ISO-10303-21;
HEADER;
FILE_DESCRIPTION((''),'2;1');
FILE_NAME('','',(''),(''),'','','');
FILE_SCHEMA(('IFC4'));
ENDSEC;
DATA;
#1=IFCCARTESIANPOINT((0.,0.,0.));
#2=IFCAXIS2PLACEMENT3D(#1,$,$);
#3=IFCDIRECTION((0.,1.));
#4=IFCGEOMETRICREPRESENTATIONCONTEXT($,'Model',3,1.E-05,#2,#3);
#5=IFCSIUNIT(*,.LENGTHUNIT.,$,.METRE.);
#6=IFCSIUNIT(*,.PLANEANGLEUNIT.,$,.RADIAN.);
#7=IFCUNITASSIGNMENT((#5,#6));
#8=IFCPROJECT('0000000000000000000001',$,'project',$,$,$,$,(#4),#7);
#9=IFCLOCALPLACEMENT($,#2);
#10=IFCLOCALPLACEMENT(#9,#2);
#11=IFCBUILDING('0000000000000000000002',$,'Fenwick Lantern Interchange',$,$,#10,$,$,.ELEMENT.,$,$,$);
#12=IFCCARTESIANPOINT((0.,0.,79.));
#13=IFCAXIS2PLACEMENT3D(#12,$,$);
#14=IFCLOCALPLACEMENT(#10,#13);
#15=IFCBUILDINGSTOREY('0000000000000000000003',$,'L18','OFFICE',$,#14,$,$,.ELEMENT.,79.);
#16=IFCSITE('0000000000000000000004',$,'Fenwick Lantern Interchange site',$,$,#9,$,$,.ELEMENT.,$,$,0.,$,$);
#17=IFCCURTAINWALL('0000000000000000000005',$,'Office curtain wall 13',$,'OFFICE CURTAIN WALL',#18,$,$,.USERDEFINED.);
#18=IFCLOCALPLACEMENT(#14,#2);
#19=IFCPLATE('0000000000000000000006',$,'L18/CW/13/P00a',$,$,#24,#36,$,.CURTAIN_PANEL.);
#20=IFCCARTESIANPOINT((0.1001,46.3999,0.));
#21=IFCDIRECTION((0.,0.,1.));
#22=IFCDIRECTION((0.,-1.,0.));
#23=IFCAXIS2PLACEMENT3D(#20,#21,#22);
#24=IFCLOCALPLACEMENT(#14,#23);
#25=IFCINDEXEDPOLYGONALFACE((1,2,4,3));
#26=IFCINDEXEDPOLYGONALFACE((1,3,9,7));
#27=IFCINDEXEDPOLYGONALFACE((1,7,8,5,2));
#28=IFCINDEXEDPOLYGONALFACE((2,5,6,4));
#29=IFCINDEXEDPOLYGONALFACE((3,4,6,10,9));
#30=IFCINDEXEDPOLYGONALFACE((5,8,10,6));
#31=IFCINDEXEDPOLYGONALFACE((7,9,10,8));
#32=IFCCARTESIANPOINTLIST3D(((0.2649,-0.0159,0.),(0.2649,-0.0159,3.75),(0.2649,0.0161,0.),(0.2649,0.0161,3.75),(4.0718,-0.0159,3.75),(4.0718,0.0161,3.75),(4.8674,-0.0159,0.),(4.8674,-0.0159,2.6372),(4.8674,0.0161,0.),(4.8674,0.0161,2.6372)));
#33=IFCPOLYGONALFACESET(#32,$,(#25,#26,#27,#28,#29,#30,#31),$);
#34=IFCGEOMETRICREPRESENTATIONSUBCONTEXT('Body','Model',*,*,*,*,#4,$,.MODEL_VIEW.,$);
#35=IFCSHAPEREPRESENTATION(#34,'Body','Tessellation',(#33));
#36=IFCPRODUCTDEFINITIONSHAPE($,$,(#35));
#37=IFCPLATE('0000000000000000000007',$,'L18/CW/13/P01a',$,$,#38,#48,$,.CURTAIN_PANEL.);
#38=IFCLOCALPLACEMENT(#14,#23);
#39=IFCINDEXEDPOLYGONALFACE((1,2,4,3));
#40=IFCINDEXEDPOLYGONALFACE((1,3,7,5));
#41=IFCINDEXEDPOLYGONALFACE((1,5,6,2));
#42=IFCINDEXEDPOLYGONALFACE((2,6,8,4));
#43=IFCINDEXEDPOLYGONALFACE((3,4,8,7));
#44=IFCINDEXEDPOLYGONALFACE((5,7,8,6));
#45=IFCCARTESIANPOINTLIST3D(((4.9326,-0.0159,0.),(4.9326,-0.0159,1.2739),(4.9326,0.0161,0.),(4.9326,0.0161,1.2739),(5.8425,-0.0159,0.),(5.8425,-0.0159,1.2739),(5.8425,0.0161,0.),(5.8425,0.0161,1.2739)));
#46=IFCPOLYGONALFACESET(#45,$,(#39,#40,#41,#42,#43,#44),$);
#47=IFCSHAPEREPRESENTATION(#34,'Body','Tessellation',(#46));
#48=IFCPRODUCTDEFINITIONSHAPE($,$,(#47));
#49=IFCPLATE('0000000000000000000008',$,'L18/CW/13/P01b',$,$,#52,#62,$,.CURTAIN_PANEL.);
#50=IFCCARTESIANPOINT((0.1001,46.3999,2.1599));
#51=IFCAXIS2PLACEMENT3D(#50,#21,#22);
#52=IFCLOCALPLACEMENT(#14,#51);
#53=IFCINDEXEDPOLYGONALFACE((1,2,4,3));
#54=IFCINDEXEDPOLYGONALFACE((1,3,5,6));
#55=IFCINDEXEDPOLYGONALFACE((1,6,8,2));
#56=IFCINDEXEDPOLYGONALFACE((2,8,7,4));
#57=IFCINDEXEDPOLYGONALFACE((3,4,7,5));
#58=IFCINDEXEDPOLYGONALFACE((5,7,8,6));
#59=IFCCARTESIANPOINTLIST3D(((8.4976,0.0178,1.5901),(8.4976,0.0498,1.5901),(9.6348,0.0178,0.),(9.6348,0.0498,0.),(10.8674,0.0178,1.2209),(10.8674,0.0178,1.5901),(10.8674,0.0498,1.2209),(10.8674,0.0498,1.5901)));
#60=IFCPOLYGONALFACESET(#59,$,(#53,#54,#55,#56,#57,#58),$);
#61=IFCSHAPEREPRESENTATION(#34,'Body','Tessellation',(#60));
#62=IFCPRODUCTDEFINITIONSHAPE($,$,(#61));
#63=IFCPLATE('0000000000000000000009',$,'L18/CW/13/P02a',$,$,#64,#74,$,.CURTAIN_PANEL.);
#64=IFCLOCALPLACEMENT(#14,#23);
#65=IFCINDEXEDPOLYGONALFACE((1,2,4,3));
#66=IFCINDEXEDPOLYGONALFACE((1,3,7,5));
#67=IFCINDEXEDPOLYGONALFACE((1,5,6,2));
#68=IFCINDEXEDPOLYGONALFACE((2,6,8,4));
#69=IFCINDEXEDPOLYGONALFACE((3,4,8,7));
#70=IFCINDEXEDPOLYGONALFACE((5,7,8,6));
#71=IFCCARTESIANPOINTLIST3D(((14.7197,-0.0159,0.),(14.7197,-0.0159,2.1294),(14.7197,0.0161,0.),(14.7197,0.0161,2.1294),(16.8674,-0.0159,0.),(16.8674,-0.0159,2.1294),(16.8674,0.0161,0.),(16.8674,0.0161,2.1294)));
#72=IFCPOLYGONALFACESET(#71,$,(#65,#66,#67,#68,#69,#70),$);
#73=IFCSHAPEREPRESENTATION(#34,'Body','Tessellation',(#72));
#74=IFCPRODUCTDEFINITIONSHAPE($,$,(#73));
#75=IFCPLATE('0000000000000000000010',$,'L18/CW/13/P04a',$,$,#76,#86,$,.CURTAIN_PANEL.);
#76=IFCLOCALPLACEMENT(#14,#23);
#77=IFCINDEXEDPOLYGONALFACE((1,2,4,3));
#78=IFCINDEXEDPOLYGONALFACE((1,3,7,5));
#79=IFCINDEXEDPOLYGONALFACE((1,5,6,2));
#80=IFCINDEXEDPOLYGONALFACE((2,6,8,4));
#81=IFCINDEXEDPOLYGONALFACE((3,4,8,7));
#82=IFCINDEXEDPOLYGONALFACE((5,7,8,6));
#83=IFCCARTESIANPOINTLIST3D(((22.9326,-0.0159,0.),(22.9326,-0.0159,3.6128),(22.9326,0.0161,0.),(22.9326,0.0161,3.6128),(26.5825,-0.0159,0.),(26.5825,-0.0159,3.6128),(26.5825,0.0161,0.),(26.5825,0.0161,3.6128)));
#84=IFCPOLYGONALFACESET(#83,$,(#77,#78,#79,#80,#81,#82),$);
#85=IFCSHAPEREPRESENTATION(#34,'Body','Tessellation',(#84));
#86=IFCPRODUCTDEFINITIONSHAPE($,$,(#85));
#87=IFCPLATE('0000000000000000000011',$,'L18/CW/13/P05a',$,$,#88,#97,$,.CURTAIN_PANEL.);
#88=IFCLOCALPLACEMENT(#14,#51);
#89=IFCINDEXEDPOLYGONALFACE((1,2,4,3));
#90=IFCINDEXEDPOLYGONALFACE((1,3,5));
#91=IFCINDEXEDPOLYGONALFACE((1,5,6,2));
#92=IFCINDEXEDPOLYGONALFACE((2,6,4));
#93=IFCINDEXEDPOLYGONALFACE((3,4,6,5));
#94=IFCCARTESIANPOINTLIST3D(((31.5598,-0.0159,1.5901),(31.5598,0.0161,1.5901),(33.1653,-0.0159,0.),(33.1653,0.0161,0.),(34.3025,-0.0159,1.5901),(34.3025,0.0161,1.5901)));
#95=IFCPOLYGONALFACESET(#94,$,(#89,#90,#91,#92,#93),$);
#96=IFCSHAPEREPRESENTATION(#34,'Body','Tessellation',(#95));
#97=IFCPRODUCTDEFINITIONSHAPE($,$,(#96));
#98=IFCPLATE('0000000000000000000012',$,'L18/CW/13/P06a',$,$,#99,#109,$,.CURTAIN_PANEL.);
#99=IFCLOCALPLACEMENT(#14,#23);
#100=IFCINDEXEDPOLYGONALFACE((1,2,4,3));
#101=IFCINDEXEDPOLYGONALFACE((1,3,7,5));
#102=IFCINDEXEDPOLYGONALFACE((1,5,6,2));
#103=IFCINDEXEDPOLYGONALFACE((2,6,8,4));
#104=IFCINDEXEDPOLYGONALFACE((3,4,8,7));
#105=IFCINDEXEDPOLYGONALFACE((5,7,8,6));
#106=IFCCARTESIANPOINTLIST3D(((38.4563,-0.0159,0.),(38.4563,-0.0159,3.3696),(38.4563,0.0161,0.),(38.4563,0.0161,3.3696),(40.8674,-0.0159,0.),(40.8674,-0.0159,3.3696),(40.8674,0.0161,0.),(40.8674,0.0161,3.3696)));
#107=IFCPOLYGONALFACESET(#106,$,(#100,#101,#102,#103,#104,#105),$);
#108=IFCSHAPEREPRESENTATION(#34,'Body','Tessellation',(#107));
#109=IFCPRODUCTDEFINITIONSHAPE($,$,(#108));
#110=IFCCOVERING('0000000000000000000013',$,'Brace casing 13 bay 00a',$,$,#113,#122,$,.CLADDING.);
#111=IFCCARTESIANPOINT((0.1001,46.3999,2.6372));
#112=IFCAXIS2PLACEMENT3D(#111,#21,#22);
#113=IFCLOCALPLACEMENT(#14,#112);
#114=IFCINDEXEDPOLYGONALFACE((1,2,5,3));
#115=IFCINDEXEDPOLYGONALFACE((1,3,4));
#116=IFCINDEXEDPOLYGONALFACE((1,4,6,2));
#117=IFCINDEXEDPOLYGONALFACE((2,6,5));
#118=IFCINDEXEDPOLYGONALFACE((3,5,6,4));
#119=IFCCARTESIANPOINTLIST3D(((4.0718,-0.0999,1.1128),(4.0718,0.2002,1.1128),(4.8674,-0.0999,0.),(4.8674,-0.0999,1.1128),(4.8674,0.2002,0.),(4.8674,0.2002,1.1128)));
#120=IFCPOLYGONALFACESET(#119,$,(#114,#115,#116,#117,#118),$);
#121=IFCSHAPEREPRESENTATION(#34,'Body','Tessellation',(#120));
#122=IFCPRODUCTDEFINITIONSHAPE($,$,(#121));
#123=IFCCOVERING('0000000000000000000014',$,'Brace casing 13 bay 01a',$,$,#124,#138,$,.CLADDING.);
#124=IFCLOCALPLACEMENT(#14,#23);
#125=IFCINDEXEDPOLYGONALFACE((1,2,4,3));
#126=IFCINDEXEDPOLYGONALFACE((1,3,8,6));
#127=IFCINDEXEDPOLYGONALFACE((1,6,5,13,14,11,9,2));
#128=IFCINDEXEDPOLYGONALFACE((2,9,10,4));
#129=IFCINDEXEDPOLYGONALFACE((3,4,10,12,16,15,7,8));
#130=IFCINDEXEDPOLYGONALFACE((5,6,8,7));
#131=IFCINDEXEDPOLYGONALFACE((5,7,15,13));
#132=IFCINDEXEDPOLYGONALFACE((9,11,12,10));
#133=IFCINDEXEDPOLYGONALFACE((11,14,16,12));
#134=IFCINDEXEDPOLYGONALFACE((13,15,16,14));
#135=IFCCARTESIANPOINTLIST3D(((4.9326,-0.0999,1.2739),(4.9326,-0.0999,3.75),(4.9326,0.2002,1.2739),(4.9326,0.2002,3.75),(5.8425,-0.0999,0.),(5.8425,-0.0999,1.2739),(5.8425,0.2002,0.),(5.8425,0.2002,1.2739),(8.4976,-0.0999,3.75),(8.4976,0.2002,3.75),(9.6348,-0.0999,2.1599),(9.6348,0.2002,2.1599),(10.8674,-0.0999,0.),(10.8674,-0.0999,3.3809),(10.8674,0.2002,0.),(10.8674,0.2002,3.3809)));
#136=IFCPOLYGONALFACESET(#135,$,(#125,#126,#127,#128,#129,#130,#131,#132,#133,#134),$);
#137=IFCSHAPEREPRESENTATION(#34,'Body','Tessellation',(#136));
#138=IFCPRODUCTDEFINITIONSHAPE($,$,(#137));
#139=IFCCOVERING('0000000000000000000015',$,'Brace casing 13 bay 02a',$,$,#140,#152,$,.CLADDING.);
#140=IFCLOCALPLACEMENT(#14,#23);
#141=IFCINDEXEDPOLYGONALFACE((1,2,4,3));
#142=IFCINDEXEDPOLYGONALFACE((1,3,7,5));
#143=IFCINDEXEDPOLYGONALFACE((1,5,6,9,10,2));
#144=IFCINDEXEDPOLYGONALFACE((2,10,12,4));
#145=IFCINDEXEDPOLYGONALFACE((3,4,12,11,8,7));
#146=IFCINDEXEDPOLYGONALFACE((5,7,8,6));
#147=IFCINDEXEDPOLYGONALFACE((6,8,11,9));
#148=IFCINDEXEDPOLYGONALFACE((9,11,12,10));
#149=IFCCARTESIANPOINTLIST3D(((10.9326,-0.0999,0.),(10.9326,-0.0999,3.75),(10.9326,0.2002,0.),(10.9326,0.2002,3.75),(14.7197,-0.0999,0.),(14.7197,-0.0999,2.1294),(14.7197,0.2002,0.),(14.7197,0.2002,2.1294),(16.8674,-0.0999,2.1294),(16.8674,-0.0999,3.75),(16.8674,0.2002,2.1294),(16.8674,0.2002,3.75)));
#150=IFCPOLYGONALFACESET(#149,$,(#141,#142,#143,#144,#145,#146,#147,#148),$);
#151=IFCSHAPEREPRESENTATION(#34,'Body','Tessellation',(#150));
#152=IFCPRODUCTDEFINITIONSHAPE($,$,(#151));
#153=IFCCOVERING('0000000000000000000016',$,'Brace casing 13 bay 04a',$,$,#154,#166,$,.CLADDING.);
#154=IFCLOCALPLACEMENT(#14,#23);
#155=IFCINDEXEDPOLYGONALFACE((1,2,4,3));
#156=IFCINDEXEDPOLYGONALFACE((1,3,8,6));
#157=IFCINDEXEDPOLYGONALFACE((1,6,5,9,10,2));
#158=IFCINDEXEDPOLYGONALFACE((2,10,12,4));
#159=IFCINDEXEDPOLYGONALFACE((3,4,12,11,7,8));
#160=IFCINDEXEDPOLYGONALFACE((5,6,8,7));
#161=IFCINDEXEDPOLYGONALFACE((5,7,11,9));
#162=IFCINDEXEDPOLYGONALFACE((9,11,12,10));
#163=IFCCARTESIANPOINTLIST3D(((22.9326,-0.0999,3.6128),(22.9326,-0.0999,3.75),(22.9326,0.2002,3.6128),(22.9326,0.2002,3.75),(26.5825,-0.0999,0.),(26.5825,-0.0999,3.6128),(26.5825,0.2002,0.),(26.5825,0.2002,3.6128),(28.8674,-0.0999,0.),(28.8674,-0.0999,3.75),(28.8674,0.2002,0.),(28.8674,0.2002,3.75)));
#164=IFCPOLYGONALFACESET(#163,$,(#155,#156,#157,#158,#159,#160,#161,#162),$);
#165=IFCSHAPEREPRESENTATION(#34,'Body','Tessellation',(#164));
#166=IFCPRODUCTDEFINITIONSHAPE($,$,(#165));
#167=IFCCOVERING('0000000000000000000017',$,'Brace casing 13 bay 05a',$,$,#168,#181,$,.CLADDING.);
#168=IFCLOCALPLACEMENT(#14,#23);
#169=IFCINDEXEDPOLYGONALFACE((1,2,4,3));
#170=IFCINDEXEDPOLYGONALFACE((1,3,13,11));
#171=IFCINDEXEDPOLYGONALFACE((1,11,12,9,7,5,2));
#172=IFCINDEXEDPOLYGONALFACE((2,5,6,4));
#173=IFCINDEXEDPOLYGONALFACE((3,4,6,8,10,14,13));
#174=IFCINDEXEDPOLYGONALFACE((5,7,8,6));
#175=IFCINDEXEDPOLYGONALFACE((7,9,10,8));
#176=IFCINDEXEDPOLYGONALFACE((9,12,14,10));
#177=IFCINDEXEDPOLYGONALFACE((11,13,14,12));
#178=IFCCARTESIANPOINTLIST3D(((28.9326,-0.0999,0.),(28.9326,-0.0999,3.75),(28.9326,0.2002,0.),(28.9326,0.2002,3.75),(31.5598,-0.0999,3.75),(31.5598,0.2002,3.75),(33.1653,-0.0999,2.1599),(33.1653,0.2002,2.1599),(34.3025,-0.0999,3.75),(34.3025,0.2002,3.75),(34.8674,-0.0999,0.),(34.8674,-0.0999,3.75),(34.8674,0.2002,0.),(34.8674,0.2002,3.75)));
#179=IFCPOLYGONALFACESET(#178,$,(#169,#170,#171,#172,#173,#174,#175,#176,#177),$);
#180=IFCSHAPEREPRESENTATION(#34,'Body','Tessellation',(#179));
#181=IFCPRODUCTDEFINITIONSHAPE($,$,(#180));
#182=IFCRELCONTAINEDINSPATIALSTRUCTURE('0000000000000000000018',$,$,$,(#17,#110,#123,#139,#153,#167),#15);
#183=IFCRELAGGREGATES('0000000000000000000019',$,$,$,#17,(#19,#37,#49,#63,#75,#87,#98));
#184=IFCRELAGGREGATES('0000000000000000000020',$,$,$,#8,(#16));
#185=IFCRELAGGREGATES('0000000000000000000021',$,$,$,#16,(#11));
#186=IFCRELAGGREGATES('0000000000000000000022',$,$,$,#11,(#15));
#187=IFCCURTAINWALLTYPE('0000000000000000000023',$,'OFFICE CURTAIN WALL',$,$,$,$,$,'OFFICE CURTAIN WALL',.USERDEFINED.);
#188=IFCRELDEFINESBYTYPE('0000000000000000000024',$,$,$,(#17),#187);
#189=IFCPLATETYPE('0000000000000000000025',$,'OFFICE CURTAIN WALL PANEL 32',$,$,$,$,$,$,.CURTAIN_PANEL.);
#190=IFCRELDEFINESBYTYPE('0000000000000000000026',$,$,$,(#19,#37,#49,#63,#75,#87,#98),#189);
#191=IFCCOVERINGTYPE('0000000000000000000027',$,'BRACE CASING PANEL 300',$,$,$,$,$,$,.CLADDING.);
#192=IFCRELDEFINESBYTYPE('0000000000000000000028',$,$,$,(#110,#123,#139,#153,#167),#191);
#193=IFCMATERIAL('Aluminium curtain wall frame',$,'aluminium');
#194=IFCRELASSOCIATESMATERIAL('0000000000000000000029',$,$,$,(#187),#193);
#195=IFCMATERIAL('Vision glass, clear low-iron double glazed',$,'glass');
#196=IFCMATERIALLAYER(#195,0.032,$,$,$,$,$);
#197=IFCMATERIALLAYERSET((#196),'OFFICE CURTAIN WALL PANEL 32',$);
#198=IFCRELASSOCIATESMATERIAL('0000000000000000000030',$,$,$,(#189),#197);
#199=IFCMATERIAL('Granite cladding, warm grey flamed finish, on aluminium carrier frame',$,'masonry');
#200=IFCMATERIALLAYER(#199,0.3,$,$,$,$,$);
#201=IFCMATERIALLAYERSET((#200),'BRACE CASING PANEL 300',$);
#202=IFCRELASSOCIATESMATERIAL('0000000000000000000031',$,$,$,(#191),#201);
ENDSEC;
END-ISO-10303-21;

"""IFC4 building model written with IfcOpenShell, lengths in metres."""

from ifc_helpers import new_model, si_unit, direction, frame, origin, place, context, subcontext, project, spatial, polyline, outline, extrude, material, layer, layer_set, type_object, element, aggregate, save


model = new_model("IFC4")

# Units and contexts
model_context = context("Model", 3, precision=1e-05, world=origin(), true_north=direction((0.0, 1.0)))
body_context = subcontext(model_context, "Body", "Model", "MODEL_VIEW")
ifc_project = project(units=[si_unit("LENGTHUNIT", "METRE"), si_unit("PLANEANGLEUNIT", "RADIAN")], contexts=[model_context])

# Site, building, storey
site_placement = place(None, origin())
site = spatial("IfcSite", under=ifc_project, at=site_placement, Name="Fenwick Lantern Interchange site", CompositionType="ELEMENT", RefElevation=0.0)
building_placement = place(site_placement, origin())
building = spatial("IfcBuilding", under=site, at=building_placement, Name="Fenwick Lantern Interchange", CompositionType="ELEMENT")
storey_placement = place(building_placement, frame((0.0, 0.0, 79.0)))
storey = spatial("IfcBuildingStorey", under=building, at=storey_placement, Name="L18", Description="OFFICE", CompositionType="ELEMENT", Elevation=79.0)

# Shared definitions
ifc_material_1 = material(Name="Aluminium curtain wall frame", Category="aluminium")
curtain_wall_type = type_object("IfcCurtainWallType", Name="OFFICE CURTAIN WALL", ElementType="OFFICE CURTAIN WALL", PredefinedType="USERDEFINED", material=ifc_material_1)

# Curtain wall
curtain_wall_1_placement = place(storey_placement, origin())
curtain_wall_1 = element("IfcCurtainWall", 1, at=curtain_wall_1_placement, inside=storey, type_object=curtain_wall_type, Name="Office curtain wall 13", ObjectType="OFFICE CURTAIN WALL", PredefinedType="USERDEFINED")

# Plates
ifc_material_2 = material(Name="Vision glass, clear low-iron double glazed", Category="glass")
ifc_layer_1 = layer(ifc_material_2, 0.032)
ifc_layer_set_1 = layer_set([ifc_layer_1], Name="OFFICE CURTAIN WALL PANEL 32")
plate_type = type_object("IfcPlateType", Name="OFFICE CURTAIN WALL PANEL 32", PredefinedType="CURTAIN_PANEL", material=ifc_layer_set_1)
plate_1_placement = place(storey_placement, frame((0.1001, 46.3999, 0.0), z_axis=(0.0, 0.0, 1.0), x_axis=(0.0, -1.0, 0.0)))
plate_1 = element("IfcPlate", 2, at=plate_1_placement, type_object=plate_type, Name="L18/CW/13/P00a", PredefinedType="CURTAIN_PANEL", context=body_context, shape_type="SweptSolid", body=[
    extrude(outline(polyline([(0.2649, 0.0), (4.8674, 0.0), (4.8674, 2.6372), (4.0718, 3.75), (0.2649, 3.75), (0.2649, 0.0)])), frame((0.0, 0.0161, 0.0), z_axis=(0.0, -1.0, 0.0), x_axis=(1.0, 0.0, 0.0)), (0.0, 0.0, 1.0), 0.032),
])
plate_2_placement = place(storey_placement, frame((0.1001, 46.3999, 0.0), z_axis=(0.0, 0.0, 1.0), x_axis=(0.0, -1.0, 0.0)))
plate_2 = element("IfcPlate", 3, at=plate_2_placement, type_object=plate_type, Name="L18/CW/13/P01a", PredefinedType="CURTAIN_PANEL", context=body_context, shape_type="SweptSolid", body=[
    extrude(outline(polyline([(4.9326, 0.0), (5.8425, 0.0), (5.8425, 1.2739), (4.9326, 1.2739), (4.9326, 0.0)])), frame((0.0, 0.0161, 0.0), z_axis=(0.0, -1.0, 0.0), x_axis=(1.0, 0.0, 0.0)), (0.0, 0.0, 1.0), 0.032),
])
plate_3_placement = place(storey_placement, frame((0.1001, 46.3999, 2.1599), z_axis=(0.0, 0.0, 1.0), x_axis=(0.0, -1.0, 0.0)))
plate_3 = element("IfcPlate", 4, at=plate_3_placement, type_object=plate_type, Name="L18/CW/13/P01b", PredefinedType="CURTAIN_PANEL", context=body_context, shape_type="SweptSolid", body=[
    extrude(outline(polyline([(9.6348, 0.0), (10.8674, 1.2209), (10.8674, 1.5901), (8.4976, 1.5901), (9.6348, 0.0)])), frame((0.0, 0.0498, 0.0), z_axis=(0.0, -1.0, 0.0), x_axis=(1.0, 0.0, 0.0)), (0.0, 0.0, 1.0), 0.032),
])
plate_4_placement = place(storey_placement, frame((0.1001, 46.3999, 0.0), z_axis=(0.0, 0.0, 1.0), x_axis=(0.0, -1.0, 0.0)))
plate_4 = element("IfcPlate", 5, at=plate_4_placement, type_object=plate_type, Name="L18/CW/13/P02a", PredefinedType="CURTAIN_PANEL", context=body_context, shape_type="SweptSolid", body=[
    extrude(outline(polyline([(14.7197, 0.0), (16.8674, 0.0), (16.8674, 2.1294), (14.7197, 2.1294), (14.7197, 0.0)])), frame((0.0, 0.0161, 0.0), z_axis=(0.0, -1.0, 0.0), x_axis=(1.0, 0.0, 0.0)), (0.0, 0.0, 1.0), 0.032),
])
plate_5_placement = place(storey_placement, frame((0.1001, 46.3999, 0.0), z_axis=(0.0, 0.0, 1.0), x_axis=(0.0, -1.0, 0.0)))
plate_5 = element("IfcPlate", 6, at=plate_5_placement, type_object=plate_type, Name="L18/CW/13/P04a", PredefinedType="CURTAIN_PANEL", context=body_context, shape_type="SweptSolid", body=[
    extrude(outline(polyline([(22.9326, 0.0), (26.5825, 0.0), (26.5825, 3.6128), (22.9326, 3.6128), (22.9326, 0.0)])), frame((0.0, 0.0161, 0.0), z_axis=(0.0, -1.0, 0.0), x_axis=(1.0, 0.0, 0.0)), (0.0, 0.0, 1.0), 0.032),
])
plate_6_placement = place(storey_placement, frame((0.1001, 46.3999, 2.1599), z_axis=(0.0, 0.0, 1.0), x_axis=(0.0, -1.0, 0.0)))
plate_6 = element("IfcPlate", 7, at=plate_6_placement, type_object=plate_type, Name="L18/CW/13/P05a", PredefinedType="CURTAIN_PANEL", context=body_context, shape_type="SweptSolid", body=[
    extrude(outline(polyline([(33.1653, 0.0), (34.3025, 1.5901), (31.5598, 1.5901), (33.1653, 0.0)])), frame((0.0, 0.0161, 0.0), z_axis=(0.0, -1.0, 0.0), x_axis=(1.0, 0.0, 0.0)), (0.0, 0.0, 1.0), 0.032),
])
plate_7_placement = place(storey_placement, frame((0.1001, 46.3999, 0.0), z_axis=(0.0, 0.0, 1.0), x_axis=(0.0, -1.0, 0.0)))
plate_7 = element("IfcPlate", 8, at=plate_7_placement, type_object=plate_type, Name="L18/CW/13/P06a", PredefinedType="CURTAIN_PANEL", context=body_context, shape_type="SweptSolid", body=[
    extrude(outline(polyline([(38.4563, 0.0), (40.8674, 0.0), (40.8674, 3.3696), (38.4563, 3.3696), (38.4563, 0.0)])), frame((0.0, 0.0161, 0.0), z_axis=(0.0, -1.0, 0.0), x_axis=(1.0, 0.0, 0.0)), (0.0, 0.0, 1.0), 0.032),
])
aggregate(curtain_wall_1, [plate_1, plate_2, plate_3, plate_4, plate_5, plate_6, plate_7])

# Coverings
ifc_material_3 = material(Name="Granite cladding, warm grey flamed finish, on aluminium carrier frame", Category="masonry")
ifc_layer_2 = layer(ifc_material_3, 0.3)
ifc_layer_set_2 = layer_set([ifc_layer_2], Name="BRACE CASING PANEL 300")
covering_type = type_object("IfcCoveringType", Name="BRACE CASING PANEL 300", PredefinedType="CLADDING", material=ifc_layer_set_2)
covering_1_placement = place(storey_placement, frame((0.1001, 46.3999, 2.6372), z_axis=(0.0, 0.0, 1.0), x_axis=(0.0, -1.0, 0.0)))
element("IfcCovering", 9, at=covering_1_placement, inside=storey, type_object=covering_type, Name="Brace casing 13 bay 00a", PredefinedType="CLADDING", context=body_context, shape_type="SweptSolid", body=[
    extrude(outline(polyline([(4.8674, 0.0), (4.8674, 1.1128), (4.0718, 1.1128), (4.8674, 0.0)])), frame((0.0, 0.2002, 0.0), z_axis=(0.0, -1.0, 0.0), x_axis=(1.0, 0.0, 0.0)), (0.0, 0.0, 1.0), 0.3),
])
covering_2_placement = place(storey_placement, frame((0.1001, 46.3999, 0.0), z_axis=(0.0, 0.0, 1.0), x_axis=(0.0, -1.0, 0.0)))
element("IfcCovering", 10, at=covering_2_placement, inside=storey, type_object=covering_type, Name="Brace casing 13 bay 01a", PredefinedType="CLADDING", context=body_context, shape_type="SweptSolid", body=[
    extrude(outline(polyline([(5.8425, 0.0), (10.8674, 0.0), (10.8674, 3.3809), (9.6348, 2.1599), (8.4976, 3.75), (4.9326, 3.75), (4.9326, 1.2739), (5.8425, 1.2739), (5.8425, 0.0)])), frame((0.0, 0.2002, 0.0), z_axis=(0.0, -1.0, 0.0), x_axis=(1.0, 0.0, 0.0)), (0.0, 0.0, 1.0), 0.3),
])
covering_3_placement = place(storey_placement, frame((0.1001, 46.3999, 0.0), z_axis=(0.0, 0.0, 1.0), x_axis=(0.0, -1.0, 0.0)))
element("IfcCovering", 11, at=covering_3_placement, inside=storey, type_object=covering_type, Name="Brace casing 13 bay 02a", PredefinedType="CLADDING", context=body_context, shape_type="SweptSolid", body=[
    extrude(outline(polyline([(10.9326, 0.0), (14.7197, 0.0), (14.7197, 2.1294), (16.8674, 2.1294), (16.8674, 3.75), (10.9326, 3.75), (10.9326, 0.0)])), frame((0.0, 0.2002, 0.0), z_axis=(0.0, -1.0, 0.0), x_axis=(1.0, 0.0, 0.0)), (0.0, 0.0, 1.0), 0.3),
])
covering_4_placement = place(storey_placement, frame((0.1001, 46.3999, 0.0), z_axis=(0.0, 0.0, 1.0), x_axis=(0.0, -1.0, 0.0)))
element("IfcCovering", 12, at=covering_4_placement, inside=storey, type_object=covering_type, Name="Brace casing 13 bay 04a", PredefinedType="CLADDING", context=body_context, shape_type="SweptSolid", body=[
    extrude(outline(polyline([(26.5825, 0.0), (28.8674, 0.0), (28.8674, 3.75), (22.9326, 3.75), (22.9326, 3.6128), (26.5825, 3.6128), (26.5825, 0.0)])), frame((0.0, 0.2002, 0.0), z_axis=(0.0, -1.0, 0.0), x_axis=(1.0, 0.0, 0.0)), (0.0, 0.0, 1.0), 0.3),
])
covering_5_placement = place(storey_placement, frame((0.1001, 46.3999, 0.0), z_axis=(0.0, 0.0, 1.0), x_axis=(0.0, -1.0, 0.0)))
element("IfcCovering", 13, at=covering_5_placement, inside=storey, type_object=covering_type, Name="Brace casing 13 bay 05a", PredefinedType="CLADDING", context=body_context, shape_type="SweptSolid", body=[
    extrude(outline(polyline([(28.9326, 0.0), (34.8674, 0.0), (34.8674, 3.75), (34.3025, 3.75), (33.1653, 2.1599), (31.5598, 3.75), (28.9326, 3.75), (28.9326, 0.0)])), frame((0.0, 0.2002, 0.0), z_axis=(0.0, -1.0, 0.0), x_axis=(1.0, 0.0, 0.0)), (0.0, 0.0, 1.0), 0.3),
])

save(model, "model.ifc")
